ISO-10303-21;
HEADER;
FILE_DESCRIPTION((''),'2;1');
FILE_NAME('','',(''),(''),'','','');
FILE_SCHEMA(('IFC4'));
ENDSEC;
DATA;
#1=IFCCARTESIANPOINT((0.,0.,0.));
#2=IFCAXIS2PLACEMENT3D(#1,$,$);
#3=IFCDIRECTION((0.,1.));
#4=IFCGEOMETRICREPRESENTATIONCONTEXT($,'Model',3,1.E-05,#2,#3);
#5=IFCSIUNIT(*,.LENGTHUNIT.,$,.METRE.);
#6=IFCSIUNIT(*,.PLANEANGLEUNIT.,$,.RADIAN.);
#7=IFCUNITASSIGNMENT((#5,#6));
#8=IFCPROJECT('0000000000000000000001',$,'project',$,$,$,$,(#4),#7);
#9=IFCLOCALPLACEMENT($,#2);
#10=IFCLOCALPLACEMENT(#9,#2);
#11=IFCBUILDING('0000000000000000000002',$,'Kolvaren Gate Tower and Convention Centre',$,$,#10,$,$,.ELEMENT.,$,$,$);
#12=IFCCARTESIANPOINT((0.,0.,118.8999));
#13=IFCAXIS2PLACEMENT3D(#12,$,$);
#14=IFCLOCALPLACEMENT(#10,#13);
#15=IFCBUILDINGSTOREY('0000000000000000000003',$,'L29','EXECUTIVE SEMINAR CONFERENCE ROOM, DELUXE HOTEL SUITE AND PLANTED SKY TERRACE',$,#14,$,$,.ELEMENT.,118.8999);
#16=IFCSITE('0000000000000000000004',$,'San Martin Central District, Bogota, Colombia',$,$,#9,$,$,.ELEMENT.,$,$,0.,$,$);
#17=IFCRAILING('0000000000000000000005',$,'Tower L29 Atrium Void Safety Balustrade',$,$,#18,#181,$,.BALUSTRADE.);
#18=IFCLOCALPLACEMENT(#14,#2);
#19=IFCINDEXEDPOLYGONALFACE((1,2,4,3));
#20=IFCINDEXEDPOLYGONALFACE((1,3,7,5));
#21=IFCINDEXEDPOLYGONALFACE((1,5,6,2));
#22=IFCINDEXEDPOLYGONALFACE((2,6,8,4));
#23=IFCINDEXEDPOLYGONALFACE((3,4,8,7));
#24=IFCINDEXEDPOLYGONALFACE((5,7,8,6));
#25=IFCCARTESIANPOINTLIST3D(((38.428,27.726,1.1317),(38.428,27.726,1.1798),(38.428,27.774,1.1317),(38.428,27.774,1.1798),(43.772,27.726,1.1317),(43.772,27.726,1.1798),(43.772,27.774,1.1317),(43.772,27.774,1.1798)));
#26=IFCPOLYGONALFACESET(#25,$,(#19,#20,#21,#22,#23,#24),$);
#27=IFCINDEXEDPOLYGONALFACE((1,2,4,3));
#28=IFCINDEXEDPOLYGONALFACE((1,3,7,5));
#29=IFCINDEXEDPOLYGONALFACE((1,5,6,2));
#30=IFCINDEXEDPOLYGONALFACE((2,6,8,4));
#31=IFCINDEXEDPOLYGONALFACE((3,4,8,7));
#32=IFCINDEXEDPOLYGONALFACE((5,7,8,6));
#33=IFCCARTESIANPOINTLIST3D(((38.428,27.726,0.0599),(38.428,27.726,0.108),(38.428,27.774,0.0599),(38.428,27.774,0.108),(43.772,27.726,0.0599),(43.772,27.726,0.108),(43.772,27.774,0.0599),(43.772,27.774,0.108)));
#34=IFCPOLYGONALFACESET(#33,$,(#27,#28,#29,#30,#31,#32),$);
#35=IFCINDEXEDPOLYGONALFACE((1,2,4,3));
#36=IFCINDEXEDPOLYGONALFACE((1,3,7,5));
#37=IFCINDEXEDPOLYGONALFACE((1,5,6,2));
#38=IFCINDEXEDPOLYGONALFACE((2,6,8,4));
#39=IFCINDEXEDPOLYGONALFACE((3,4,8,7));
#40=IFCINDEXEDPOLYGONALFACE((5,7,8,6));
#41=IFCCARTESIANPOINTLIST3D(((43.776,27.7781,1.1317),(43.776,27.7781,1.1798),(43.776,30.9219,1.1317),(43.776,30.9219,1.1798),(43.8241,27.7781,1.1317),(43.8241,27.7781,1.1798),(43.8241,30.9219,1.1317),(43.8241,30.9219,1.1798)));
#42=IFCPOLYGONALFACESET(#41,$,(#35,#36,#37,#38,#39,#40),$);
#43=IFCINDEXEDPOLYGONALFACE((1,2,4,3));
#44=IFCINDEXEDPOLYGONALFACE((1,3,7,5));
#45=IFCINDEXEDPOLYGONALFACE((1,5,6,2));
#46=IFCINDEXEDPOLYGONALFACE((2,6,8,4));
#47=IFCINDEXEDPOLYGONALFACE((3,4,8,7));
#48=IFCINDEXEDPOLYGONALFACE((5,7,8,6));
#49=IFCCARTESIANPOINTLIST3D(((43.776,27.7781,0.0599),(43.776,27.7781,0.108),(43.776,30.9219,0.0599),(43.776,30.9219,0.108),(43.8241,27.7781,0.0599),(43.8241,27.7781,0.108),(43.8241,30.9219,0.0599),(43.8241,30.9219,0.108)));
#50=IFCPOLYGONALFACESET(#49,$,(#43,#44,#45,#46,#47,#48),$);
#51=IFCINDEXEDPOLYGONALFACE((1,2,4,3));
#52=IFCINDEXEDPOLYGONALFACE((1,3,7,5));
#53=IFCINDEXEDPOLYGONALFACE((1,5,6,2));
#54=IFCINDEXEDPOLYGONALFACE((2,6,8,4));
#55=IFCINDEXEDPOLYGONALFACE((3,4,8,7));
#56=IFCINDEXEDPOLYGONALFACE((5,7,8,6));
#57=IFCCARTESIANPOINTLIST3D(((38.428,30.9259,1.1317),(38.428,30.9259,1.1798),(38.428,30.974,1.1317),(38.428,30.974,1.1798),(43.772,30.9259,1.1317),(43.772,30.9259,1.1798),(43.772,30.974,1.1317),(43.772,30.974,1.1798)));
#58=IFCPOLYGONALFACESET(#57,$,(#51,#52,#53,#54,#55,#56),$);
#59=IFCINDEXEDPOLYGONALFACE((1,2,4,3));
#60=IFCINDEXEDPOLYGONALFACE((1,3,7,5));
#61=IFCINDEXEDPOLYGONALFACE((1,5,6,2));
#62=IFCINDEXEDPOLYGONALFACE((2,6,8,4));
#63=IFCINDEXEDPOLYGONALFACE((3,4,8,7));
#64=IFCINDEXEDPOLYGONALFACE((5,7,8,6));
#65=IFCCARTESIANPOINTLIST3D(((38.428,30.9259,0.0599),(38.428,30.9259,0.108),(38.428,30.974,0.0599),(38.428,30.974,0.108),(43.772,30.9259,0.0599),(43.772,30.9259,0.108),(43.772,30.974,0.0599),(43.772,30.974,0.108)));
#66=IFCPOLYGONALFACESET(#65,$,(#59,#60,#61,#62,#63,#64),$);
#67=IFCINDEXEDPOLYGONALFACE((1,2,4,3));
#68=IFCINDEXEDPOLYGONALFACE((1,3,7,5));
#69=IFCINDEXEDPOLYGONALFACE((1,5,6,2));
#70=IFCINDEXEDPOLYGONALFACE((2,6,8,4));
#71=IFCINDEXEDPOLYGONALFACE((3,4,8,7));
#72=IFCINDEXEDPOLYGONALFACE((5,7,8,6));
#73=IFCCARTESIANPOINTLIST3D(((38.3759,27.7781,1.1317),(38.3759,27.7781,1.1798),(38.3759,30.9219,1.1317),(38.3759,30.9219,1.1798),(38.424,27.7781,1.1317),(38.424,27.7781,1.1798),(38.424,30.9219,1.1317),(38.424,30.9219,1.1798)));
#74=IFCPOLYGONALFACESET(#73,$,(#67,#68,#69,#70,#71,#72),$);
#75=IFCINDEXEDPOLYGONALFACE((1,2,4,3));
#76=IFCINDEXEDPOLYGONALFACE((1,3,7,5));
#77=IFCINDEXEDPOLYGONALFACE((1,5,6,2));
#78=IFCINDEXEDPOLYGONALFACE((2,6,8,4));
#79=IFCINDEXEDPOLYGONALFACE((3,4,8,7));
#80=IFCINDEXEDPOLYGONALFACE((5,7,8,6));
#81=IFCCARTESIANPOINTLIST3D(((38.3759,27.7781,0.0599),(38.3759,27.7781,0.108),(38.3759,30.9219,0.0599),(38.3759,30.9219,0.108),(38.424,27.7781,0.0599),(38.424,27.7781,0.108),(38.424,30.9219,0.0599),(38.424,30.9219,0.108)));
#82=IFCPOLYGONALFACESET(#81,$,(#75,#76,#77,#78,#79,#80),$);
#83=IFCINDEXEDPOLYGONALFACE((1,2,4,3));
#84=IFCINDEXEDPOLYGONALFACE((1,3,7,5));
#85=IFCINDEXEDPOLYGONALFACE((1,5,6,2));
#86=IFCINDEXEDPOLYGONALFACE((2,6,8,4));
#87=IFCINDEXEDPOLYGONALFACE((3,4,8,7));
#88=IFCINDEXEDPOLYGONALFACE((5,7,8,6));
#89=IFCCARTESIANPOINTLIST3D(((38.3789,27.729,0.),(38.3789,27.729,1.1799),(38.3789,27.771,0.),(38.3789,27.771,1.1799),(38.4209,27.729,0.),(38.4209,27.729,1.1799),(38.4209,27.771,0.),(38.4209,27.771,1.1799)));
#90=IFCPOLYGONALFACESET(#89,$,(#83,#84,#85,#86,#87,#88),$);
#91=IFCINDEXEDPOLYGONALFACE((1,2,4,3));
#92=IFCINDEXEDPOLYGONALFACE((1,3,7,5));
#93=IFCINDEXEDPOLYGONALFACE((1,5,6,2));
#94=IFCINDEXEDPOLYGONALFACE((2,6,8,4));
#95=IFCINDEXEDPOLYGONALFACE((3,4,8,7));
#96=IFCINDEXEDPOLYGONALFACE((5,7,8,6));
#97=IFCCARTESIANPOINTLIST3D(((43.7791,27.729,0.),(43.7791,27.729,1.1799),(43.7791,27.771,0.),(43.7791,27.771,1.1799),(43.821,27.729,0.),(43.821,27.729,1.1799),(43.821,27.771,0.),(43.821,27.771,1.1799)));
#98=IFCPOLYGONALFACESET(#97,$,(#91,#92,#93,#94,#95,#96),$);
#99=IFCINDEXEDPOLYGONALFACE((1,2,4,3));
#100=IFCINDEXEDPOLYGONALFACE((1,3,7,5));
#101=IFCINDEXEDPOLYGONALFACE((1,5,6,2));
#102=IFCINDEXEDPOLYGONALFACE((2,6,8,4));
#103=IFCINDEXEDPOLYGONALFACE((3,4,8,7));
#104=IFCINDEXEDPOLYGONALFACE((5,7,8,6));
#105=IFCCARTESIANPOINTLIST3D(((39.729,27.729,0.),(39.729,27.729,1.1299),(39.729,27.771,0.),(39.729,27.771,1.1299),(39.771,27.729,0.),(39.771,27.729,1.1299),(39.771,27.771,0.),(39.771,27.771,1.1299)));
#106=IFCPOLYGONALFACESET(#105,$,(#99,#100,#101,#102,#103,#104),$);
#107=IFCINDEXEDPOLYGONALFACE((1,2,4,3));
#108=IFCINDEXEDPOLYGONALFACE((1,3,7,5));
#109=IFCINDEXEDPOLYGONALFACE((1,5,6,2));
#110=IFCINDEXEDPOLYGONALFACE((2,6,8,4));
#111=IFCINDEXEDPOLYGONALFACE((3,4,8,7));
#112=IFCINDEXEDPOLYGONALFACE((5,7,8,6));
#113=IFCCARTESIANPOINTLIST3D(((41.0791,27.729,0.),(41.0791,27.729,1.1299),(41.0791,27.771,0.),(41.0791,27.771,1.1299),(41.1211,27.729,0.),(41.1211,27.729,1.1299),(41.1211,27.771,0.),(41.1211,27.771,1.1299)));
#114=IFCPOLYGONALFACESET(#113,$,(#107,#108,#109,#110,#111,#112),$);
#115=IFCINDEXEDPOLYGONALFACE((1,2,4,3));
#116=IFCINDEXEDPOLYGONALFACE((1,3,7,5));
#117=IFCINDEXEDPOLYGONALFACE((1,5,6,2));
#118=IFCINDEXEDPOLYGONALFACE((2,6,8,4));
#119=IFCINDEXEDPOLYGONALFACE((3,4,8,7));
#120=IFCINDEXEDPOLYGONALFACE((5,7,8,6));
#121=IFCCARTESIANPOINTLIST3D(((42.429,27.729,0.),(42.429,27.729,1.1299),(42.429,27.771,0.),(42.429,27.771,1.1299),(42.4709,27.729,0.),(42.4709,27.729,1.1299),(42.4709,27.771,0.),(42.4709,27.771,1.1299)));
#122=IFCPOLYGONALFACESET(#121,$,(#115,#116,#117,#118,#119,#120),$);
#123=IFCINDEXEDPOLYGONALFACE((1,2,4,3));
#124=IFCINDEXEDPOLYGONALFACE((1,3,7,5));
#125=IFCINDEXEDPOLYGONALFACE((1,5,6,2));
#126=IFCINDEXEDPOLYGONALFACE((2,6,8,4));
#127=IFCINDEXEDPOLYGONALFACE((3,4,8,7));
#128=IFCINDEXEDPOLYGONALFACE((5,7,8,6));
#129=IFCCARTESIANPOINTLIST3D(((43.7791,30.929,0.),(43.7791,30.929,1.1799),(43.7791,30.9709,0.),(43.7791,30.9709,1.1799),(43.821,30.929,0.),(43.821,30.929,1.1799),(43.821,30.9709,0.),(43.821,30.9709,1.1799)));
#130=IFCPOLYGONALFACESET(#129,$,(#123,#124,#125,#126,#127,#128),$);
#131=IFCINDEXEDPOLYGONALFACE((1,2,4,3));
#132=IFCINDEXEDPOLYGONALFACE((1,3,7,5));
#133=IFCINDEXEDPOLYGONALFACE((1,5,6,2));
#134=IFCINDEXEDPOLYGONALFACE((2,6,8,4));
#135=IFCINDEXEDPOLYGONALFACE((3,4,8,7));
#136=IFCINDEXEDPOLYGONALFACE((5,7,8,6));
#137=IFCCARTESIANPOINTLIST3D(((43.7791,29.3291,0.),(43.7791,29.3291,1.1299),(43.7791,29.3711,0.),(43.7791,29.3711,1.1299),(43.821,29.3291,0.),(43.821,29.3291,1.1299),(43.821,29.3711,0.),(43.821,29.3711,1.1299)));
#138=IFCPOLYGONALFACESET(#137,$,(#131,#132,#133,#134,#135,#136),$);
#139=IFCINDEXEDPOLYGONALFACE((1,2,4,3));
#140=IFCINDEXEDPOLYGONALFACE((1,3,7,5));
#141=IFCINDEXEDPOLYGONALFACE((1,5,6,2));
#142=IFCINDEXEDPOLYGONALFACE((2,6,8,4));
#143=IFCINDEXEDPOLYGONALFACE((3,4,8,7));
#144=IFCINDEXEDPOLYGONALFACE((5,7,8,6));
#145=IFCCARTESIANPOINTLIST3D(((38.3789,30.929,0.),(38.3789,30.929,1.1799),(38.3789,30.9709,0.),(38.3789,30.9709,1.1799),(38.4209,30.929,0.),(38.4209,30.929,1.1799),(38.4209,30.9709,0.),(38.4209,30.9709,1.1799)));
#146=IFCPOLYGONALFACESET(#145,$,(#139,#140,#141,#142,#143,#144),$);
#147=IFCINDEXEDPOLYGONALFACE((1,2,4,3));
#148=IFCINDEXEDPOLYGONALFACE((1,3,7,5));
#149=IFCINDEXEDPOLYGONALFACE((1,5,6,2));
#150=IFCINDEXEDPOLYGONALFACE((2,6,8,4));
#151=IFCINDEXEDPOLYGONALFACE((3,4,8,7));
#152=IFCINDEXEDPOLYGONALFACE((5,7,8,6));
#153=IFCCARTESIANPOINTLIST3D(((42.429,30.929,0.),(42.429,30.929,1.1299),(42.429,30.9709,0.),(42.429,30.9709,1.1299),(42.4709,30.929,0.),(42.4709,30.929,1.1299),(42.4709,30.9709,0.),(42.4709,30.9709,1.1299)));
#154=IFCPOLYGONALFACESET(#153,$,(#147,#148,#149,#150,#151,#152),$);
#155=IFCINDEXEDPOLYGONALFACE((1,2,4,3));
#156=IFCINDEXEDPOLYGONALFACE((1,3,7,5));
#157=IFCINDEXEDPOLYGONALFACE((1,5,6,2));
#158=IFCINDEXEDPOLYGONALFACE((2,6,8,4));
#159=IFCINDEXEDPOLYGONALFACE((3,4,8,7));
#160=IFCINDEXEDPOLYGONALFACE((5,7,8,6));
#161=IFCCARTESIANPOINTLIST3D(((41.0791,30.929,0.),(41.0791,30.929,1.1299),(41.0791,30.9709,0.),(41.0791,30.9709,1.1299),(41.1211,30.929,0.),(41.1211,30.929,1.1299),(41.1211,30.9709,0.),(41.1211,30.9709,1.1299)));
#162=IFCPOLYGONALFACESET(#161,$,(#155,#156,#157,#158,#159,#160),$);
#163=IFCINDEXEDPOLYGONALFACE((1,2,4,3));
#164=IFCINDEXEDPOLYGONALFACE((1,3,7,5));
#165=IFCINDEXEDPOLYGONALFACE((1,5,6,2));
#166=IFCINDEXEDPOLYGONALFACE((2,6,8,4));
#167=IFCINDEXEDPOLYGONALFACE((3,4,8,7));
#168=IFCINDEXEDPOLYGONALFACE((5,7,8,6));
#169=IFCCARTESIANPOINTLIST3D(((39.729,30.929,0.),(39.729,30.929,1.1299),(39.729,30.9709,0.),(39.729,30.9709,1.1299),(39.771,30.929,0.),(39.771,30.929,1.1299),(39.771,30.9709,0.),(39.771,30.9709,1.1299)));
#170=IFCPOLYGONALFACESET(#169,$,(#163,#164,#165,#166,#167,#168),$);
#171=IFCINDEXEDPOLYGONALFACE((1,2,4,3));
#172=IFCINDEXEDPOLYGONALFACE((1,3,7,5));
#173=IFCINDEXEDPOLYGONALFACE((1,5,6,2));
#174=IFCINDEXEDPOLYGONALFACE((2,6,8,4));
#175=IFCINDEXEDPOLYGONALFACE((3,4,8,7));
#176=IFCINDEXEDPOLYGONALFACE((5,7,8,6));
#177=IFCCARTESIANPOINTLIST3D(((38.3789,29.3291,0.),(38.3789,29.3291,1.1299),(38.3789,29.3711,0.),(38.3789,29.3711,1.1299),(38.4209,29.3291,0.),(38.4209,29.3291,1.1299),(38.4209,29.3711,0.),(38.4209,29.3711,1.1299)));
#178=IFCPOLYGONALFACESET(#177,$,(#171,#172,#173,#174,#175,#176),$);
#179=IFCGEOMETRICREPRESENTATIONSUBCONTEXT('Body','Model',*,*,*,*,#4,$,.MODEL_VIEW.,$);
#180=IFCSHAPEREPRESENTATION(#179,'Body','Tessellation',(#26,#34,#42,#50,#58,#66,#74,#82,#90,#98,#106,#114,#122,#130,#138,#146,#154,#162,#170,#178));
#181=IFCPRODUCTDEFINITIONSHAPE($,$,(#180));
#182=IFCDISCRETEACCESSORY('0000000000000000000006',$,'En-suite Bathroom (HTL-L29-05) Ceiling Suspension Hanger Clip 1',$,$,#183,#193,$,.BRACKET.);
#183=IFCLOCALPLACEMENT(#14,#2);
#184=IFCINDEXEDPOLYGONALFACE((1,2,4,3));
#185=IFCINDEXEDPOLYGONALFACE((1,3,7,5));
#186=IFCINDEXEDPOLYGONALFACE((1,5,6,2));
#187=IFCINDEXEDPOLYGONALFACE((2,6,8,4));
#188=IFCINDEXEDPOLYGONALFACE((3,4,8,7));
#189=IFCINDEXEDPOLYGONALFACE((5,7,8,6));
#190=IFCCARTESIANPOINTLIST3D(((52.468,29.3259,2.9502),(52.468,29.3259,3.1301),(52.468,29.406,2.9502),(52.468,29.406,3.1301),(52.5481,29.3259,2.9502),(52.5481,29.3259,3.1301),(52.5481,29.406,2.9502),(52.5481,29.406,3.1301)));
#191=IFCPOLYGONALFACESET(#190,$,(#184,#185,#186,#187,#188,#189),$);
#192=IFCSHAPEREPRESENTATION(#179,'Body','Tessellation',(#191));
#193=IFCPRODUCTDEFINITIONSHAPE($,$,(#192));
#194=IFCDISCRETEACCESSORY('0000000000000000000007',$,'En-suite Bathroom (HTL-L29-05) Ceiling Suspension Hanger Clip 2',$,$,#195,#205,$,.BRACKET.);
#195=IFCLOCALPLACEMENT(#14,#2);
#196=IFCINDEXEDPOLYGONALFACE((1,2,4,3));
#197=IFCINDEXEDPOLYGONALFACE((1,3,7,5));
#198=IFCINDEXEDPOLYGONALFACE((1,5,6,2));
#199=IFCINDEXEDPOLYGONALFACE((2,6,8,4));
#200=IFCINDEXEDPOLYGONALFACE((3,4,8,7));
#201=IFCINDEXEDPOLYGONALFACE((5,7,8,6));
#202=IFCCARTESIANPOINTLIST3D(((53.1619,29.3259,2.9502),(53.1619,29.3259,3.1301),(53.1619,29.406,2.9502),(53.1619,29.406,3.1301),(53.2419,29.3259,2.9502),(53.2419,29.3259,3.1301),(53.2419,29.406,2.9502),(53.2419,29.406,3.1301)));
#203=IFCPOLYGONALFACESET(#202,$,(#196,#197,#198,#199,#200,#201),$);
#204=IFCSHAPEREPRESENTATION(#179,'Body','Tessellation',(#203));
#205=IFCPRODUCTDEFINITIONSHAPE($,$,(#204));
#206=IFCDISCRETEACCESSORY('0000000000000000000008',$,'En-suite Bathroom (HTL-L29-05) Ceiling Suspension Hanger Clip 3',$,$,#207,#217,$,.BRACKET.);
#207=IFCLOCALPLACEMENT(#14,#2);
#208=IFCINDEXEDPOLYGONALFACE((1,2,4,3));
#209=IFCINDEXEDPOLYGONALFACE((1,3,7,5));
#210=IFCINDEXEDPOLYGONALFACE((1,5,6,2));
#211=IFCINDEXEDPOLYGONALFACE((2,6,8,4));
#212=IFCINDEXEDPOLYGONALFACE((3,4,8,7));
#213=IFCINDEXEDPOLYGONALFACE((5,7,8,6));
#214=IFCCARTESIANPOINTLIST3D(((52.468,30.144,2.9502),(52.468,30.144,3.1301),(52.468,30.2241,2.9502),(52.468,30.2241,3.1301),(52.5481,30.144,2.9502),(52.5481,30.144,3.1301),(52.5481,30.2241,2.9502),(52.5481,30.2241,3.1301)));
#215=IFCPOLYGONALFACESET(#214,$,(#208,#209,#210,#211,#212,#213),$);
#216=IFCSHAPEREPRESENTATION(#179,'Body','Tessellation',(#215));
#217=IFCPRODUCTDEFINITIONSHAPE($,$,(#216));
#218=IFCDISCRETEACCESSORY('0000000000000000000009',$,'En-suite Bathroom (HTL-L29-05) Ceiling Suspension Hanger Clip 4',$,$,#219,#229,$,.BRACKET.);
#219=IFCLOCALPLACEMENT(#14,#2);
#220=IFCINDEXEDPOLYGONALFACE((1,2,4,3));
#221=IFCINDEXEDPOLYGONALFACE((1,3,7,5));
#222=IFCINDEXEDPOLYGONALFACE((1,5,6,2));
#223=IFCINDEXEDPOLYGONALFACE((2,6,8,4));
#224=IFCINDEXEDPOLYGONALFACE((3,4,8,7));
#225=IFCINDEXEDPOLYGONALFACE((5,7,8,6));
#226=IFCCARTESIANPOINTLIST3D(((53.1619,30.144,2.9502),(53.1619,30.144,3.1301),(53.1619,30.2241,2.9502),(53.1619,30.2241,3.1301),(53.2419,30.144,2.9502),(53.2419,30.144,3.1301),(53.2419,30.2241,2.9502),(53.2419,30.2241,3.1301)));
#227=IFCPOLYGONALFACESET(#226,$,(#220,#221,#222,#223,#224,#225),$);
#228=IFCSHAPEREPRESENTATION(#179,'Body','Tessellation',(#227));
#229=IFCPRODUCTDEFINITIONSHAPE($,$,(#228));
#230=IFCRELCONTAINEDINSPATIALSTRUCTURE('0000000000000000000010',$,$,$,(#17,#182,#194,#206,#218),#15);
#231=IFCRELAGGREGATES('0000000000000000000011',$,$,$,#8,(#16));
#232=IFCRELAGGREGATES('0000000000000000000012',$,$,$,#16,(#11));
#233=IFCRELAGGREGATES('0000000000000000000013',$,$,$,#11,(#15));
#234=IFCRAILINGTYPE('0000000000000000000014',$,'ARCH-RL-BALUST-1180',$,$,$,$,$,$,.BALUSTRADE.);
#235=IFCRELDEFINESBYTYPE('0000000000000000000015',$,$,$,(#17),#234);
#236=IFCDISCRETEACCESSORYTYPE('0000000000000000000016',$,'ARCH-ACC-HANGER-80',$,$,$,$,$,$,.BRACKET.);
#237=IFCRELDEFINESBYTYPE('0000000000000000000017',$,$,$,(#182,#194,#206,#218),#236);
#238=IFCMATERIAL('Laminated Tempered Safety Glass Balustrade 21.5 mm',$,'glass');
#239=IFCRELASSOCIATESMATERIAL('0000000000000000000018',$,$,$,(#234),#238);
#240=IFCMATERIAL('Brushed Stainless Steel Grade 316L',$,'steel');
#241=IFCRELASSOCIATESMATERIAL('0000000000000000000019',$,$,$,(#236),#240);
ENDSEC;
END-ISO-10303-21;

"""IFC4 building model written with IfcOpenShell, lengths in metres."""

from ifc_helpers import new_model, si_unit, direction, frame, origin, origin_2d, place, context, subcontext, project, spatial, rectangle, extrude, material, type_object, element, save


model = new_model("IFC4")

# Units and contexts
model_context = context("Model", 3, precision=1e-05, world=origin(), true_north=direction((0.0, 1.0)))
body_context = subcontext(model_context, "Body", "Model", "MODEL_VIEW")
ifc_project = project(units=[si_unit("LENGTHUNIT", "METRE"), si_unit("PLANEANGLEUNIT", "RADIAN")], contexts=[model_context])

# Site, building, storey
site_placement = place(None, origin())
site = spatial("IfcSite", under=ifc_project, at=site_placement, Name="San Martin Central District, Bogota, Colombia", CompositionType="ELEMENT", RefElevation=0.0)
building_placement = place(site_placement, origin())
building = spatial("IfcBuilding", under=site, at=building_placement, Name="Kolvaren Gate Tower and Convention Centre", CompositionType="ELEMENT")
storey_placement = place(building_placement, frame((0.0, 0.0, 118.8999)))
storey = spatial("IfcBuildingStorey", under=building, at=storey_placement, Name="L29", Description="EXECUTIVE SEMINAR CONFERENCE ROOM, DELUXE HOTEL SUITE AND PLANTED SKY TERRACE", CompositionType="ELEMENT", Elevation=118.8999)

# Railing
ifc_material_1 = material(Name="Laminated Tempered Safety Glass Balustrade 21.5 mm", Category="glass")
railing_type = type_object("IfcRailingType", Name="ARCH-RL-BALUST-1180", PredefinedType="BALUSTRADE", material=ifc_material_1)
railing_placement = place(storey_placement, frame((38.3999, 27.75, 0.0)))
element("IfcRailing", 1, at=railing_placement, inside=storey, type_object=railing_type, Name="Tower L29 Atrium Void Safety Balustrade", PredefinedType="BALUSTRADE", context=body_context, shape_type="SweptSolid", body=[
    extrude(rectangle(XDim=0.0481, YDim=0.0481, at=origin_2d()), frame((0.0281, 0.0, 1.1558), z_axis=(1.0, 0.0, 0.0), x_axis=(0.0, 1.0, 0.0)), (0.0, 0.0, 1.0), 5.344),
    extrude(rectangle(XDim=0.0481, YDim=0.0481, at=origin_2d()), frame((0.0281, 0.0, 0.084), z_axis=(1.0, 0.0, 0.0), x_axis=(0.0, 1.0, 0.0)), (0.0, 0.0, 1.0), 5.344),
    extrude(rectangle(XDim=0.0481, YDim=0.0481, at=origin_2d()), frame((5.4001, 0.0281, 1.1558), z_axis=(0.0, 1.0, 0.0), x_axis=(-1.0, 0.0, 0.0)), (0.0, 0.0, 1.0), 3.1438),
    extrude(rectangle(XDim=0.0481, YDim=0.0481, at=origin_2d()), frame((5.4001, 0.0281, 0.084), z_axis=(0.0, 1.0, 0.0), x_axis=(-1.0, 0.0, 0.0)), (0.0, 0.0, 1.0), 3.1438),
    extrude(rectangle(XDim=0.0481, YDim=0.0481, at=origin_2d()), frame((5.3721, 3.2, 1.1558), z_axis=(-1.0, 0.0, 0.0), x_axis=(0.0, -1.0, 0.0)), (0.0, 0.0, 1.0), 5.344),
    extrude(rectangle(XDim=0.0481, YDim=0.0481, at=origin_2d()), frame((5.3721, 3.2, 0.084), z_axis=(-1.0, 0.0, 0.0), x_axis=(0.0, -1.0, 0.0)), (0.0, 0.0, 1.0), 5.344),
    extrude(rectangle(XDim=0.0481, YDim=0.0481, at=origin_2d()), frame((0.0, 3.1719, 1.1558), z_axis=(0.0, -1.0, 0.0), x_axis=(1.0, 0.0, 0.0)), (0.0, 0.0, 1.0), 3.1438),
    extrude(rectangle(XDim=0.0481, YDim=0.0481, at=origin_2d()), frame((0.0, 3.1719, 0.084), z_axis=(0.0, -1.0, 0.0), x_axis=(1.0, 0.0, 0.0)), (0.0, 0.0, 1.0), 3.1438),
    extrude(rectangle(XDim=0.042, YDim=0.042, at=origin_2d()), origin(), (0.0, 0.0, 1.0), 1.1799),
    extrude(rectangle(XDim=0.042, YDim=0.042, at=origin_2d()), frame((5.4001, 0.0, 0.0)), (0.0, 0.0, 1.0), 1.1799),
    extrude(rectangle(XDim=0.042, YDim=0.042, at=origin_2d()), frame((1.3501, 0.0, 0.0)), (0.0, 0.0, 1.0), 1.1299),
    extrude(rectangle(XDim=0.042, YDim=0.042, at=origin_2d()), frame((2.7002, 0.0, 0.0)), (0.0, 0.0, 1.0), 1.1299),
    extrude(rectangle(XDim=0.042, YDim=0.042, at=origin_2d()), frame((4.05, 0.0, 0.0)), (0.0, 0.0, 1.0), 1.1299),
    extrude(rectangle(XDim=0.042, YDim=0.042, at=origin_2d()), frame((5.4001, 3.2, 0.0)), (0.0, 0.0, 1.0), 1.1799),
    extrude(rectangle(XDim=0.042, YDim=0.042, at=origin_2d()), frame((5.4001, 1.6001, 0.0)), (0.0, 0.0, 1.0), 1.1299),
    extrude(rectangle(XDim=0.042, YDim=0.042, at=origin_2d()), frame((0.0, 3.2, 0.0)), (0.0, 0.0, 1.0), 1.1799),
    extrude(rectangle(XDim=0.042, YDim=0.042, at=origin_2d()), frame((4.05, 3.2, 0.0)), (0.0, 0.0, 1.0), 1.1299),
    extrude(rectangle(XDim=0.042, YDim=0.042, at=origin_2d()), frame((2.7002, 3.2, 0.0)), (0.0, 0.0, 1.0), 1.1299),
    extrude(rectangle(XDim=0.042, YDim=0.042, at=origin_2d()), frame((1.3501, 3.2, 0.0)), (0.0, 0.0, 1.0), 1.1299),
    extrude(rectangle(XDim=0.042, YDim=0.042, at=origin_2d()), frame((0.0, 1.6001, 0.0)), (0.0, 0.0, 1.0), 1.1299),
])

# Discrete accessories
ifc_material_2 = material(Name="Brushed Stainless Steel Grade 316L", Category="steel")
discrete_accessory_type = type_object("IfcDiscreteAccessoryType", Name="ARCH-ACC-HANGER-80", PredefinedType="BRACKET", material=ifc_material_2)
for number, where, z_axis, x_axis, name in (
    (2, (52.5081, 29.366, 2.9502), (0.0, 0.0, 1.0), (1.0, 0.0, 0.0), "En-suite Bathroom (HTL-L29-05) Ceiling Suspension Hanger Clip 1"),
    (3, (53.2019, 29.366, 2.9502), (0.0, 0.0, 1.0), (1.0, 0.0, 0.0), "En-suite Bathroom (HTL-L29-05) Ceiling Suspension Hanger Clip 2"),
    (4, (52.5081, 30.1841, 2.9502), (0.0, 0.0, 1.0), (1.0, 0.0, 0.0), "En-suite Bathroom (HTL-L29-05) Ceiling Suspension Hanger Clip 3"),
    (5, (53.2019, 30.1841, 2.9502), (0.0, 0.0, 1.0), (1.0, 0.0, 0.0), "En-suite Bathroom (HTL-L29-05) Ceiling Suspension Hanger Clip 4"),
):
    element("IfcDiscreteAccessory", number, at=place(storey_placement, frame(where, z_axis=z_axis, x_axis=x_axis)), inside=storey, type_object=discrete_accessory_type, Name=name, PredefinedType="BRACKET", context=body_context, shape_type="SweptSolid", body=[
        extrude(rectangle(XDim=0.0801, YDim=0.0801, at=origin_2d()), origin(), (0.0, 0.0, 1.0), 0.1799),
    ])

save(model, "model.ifc")
